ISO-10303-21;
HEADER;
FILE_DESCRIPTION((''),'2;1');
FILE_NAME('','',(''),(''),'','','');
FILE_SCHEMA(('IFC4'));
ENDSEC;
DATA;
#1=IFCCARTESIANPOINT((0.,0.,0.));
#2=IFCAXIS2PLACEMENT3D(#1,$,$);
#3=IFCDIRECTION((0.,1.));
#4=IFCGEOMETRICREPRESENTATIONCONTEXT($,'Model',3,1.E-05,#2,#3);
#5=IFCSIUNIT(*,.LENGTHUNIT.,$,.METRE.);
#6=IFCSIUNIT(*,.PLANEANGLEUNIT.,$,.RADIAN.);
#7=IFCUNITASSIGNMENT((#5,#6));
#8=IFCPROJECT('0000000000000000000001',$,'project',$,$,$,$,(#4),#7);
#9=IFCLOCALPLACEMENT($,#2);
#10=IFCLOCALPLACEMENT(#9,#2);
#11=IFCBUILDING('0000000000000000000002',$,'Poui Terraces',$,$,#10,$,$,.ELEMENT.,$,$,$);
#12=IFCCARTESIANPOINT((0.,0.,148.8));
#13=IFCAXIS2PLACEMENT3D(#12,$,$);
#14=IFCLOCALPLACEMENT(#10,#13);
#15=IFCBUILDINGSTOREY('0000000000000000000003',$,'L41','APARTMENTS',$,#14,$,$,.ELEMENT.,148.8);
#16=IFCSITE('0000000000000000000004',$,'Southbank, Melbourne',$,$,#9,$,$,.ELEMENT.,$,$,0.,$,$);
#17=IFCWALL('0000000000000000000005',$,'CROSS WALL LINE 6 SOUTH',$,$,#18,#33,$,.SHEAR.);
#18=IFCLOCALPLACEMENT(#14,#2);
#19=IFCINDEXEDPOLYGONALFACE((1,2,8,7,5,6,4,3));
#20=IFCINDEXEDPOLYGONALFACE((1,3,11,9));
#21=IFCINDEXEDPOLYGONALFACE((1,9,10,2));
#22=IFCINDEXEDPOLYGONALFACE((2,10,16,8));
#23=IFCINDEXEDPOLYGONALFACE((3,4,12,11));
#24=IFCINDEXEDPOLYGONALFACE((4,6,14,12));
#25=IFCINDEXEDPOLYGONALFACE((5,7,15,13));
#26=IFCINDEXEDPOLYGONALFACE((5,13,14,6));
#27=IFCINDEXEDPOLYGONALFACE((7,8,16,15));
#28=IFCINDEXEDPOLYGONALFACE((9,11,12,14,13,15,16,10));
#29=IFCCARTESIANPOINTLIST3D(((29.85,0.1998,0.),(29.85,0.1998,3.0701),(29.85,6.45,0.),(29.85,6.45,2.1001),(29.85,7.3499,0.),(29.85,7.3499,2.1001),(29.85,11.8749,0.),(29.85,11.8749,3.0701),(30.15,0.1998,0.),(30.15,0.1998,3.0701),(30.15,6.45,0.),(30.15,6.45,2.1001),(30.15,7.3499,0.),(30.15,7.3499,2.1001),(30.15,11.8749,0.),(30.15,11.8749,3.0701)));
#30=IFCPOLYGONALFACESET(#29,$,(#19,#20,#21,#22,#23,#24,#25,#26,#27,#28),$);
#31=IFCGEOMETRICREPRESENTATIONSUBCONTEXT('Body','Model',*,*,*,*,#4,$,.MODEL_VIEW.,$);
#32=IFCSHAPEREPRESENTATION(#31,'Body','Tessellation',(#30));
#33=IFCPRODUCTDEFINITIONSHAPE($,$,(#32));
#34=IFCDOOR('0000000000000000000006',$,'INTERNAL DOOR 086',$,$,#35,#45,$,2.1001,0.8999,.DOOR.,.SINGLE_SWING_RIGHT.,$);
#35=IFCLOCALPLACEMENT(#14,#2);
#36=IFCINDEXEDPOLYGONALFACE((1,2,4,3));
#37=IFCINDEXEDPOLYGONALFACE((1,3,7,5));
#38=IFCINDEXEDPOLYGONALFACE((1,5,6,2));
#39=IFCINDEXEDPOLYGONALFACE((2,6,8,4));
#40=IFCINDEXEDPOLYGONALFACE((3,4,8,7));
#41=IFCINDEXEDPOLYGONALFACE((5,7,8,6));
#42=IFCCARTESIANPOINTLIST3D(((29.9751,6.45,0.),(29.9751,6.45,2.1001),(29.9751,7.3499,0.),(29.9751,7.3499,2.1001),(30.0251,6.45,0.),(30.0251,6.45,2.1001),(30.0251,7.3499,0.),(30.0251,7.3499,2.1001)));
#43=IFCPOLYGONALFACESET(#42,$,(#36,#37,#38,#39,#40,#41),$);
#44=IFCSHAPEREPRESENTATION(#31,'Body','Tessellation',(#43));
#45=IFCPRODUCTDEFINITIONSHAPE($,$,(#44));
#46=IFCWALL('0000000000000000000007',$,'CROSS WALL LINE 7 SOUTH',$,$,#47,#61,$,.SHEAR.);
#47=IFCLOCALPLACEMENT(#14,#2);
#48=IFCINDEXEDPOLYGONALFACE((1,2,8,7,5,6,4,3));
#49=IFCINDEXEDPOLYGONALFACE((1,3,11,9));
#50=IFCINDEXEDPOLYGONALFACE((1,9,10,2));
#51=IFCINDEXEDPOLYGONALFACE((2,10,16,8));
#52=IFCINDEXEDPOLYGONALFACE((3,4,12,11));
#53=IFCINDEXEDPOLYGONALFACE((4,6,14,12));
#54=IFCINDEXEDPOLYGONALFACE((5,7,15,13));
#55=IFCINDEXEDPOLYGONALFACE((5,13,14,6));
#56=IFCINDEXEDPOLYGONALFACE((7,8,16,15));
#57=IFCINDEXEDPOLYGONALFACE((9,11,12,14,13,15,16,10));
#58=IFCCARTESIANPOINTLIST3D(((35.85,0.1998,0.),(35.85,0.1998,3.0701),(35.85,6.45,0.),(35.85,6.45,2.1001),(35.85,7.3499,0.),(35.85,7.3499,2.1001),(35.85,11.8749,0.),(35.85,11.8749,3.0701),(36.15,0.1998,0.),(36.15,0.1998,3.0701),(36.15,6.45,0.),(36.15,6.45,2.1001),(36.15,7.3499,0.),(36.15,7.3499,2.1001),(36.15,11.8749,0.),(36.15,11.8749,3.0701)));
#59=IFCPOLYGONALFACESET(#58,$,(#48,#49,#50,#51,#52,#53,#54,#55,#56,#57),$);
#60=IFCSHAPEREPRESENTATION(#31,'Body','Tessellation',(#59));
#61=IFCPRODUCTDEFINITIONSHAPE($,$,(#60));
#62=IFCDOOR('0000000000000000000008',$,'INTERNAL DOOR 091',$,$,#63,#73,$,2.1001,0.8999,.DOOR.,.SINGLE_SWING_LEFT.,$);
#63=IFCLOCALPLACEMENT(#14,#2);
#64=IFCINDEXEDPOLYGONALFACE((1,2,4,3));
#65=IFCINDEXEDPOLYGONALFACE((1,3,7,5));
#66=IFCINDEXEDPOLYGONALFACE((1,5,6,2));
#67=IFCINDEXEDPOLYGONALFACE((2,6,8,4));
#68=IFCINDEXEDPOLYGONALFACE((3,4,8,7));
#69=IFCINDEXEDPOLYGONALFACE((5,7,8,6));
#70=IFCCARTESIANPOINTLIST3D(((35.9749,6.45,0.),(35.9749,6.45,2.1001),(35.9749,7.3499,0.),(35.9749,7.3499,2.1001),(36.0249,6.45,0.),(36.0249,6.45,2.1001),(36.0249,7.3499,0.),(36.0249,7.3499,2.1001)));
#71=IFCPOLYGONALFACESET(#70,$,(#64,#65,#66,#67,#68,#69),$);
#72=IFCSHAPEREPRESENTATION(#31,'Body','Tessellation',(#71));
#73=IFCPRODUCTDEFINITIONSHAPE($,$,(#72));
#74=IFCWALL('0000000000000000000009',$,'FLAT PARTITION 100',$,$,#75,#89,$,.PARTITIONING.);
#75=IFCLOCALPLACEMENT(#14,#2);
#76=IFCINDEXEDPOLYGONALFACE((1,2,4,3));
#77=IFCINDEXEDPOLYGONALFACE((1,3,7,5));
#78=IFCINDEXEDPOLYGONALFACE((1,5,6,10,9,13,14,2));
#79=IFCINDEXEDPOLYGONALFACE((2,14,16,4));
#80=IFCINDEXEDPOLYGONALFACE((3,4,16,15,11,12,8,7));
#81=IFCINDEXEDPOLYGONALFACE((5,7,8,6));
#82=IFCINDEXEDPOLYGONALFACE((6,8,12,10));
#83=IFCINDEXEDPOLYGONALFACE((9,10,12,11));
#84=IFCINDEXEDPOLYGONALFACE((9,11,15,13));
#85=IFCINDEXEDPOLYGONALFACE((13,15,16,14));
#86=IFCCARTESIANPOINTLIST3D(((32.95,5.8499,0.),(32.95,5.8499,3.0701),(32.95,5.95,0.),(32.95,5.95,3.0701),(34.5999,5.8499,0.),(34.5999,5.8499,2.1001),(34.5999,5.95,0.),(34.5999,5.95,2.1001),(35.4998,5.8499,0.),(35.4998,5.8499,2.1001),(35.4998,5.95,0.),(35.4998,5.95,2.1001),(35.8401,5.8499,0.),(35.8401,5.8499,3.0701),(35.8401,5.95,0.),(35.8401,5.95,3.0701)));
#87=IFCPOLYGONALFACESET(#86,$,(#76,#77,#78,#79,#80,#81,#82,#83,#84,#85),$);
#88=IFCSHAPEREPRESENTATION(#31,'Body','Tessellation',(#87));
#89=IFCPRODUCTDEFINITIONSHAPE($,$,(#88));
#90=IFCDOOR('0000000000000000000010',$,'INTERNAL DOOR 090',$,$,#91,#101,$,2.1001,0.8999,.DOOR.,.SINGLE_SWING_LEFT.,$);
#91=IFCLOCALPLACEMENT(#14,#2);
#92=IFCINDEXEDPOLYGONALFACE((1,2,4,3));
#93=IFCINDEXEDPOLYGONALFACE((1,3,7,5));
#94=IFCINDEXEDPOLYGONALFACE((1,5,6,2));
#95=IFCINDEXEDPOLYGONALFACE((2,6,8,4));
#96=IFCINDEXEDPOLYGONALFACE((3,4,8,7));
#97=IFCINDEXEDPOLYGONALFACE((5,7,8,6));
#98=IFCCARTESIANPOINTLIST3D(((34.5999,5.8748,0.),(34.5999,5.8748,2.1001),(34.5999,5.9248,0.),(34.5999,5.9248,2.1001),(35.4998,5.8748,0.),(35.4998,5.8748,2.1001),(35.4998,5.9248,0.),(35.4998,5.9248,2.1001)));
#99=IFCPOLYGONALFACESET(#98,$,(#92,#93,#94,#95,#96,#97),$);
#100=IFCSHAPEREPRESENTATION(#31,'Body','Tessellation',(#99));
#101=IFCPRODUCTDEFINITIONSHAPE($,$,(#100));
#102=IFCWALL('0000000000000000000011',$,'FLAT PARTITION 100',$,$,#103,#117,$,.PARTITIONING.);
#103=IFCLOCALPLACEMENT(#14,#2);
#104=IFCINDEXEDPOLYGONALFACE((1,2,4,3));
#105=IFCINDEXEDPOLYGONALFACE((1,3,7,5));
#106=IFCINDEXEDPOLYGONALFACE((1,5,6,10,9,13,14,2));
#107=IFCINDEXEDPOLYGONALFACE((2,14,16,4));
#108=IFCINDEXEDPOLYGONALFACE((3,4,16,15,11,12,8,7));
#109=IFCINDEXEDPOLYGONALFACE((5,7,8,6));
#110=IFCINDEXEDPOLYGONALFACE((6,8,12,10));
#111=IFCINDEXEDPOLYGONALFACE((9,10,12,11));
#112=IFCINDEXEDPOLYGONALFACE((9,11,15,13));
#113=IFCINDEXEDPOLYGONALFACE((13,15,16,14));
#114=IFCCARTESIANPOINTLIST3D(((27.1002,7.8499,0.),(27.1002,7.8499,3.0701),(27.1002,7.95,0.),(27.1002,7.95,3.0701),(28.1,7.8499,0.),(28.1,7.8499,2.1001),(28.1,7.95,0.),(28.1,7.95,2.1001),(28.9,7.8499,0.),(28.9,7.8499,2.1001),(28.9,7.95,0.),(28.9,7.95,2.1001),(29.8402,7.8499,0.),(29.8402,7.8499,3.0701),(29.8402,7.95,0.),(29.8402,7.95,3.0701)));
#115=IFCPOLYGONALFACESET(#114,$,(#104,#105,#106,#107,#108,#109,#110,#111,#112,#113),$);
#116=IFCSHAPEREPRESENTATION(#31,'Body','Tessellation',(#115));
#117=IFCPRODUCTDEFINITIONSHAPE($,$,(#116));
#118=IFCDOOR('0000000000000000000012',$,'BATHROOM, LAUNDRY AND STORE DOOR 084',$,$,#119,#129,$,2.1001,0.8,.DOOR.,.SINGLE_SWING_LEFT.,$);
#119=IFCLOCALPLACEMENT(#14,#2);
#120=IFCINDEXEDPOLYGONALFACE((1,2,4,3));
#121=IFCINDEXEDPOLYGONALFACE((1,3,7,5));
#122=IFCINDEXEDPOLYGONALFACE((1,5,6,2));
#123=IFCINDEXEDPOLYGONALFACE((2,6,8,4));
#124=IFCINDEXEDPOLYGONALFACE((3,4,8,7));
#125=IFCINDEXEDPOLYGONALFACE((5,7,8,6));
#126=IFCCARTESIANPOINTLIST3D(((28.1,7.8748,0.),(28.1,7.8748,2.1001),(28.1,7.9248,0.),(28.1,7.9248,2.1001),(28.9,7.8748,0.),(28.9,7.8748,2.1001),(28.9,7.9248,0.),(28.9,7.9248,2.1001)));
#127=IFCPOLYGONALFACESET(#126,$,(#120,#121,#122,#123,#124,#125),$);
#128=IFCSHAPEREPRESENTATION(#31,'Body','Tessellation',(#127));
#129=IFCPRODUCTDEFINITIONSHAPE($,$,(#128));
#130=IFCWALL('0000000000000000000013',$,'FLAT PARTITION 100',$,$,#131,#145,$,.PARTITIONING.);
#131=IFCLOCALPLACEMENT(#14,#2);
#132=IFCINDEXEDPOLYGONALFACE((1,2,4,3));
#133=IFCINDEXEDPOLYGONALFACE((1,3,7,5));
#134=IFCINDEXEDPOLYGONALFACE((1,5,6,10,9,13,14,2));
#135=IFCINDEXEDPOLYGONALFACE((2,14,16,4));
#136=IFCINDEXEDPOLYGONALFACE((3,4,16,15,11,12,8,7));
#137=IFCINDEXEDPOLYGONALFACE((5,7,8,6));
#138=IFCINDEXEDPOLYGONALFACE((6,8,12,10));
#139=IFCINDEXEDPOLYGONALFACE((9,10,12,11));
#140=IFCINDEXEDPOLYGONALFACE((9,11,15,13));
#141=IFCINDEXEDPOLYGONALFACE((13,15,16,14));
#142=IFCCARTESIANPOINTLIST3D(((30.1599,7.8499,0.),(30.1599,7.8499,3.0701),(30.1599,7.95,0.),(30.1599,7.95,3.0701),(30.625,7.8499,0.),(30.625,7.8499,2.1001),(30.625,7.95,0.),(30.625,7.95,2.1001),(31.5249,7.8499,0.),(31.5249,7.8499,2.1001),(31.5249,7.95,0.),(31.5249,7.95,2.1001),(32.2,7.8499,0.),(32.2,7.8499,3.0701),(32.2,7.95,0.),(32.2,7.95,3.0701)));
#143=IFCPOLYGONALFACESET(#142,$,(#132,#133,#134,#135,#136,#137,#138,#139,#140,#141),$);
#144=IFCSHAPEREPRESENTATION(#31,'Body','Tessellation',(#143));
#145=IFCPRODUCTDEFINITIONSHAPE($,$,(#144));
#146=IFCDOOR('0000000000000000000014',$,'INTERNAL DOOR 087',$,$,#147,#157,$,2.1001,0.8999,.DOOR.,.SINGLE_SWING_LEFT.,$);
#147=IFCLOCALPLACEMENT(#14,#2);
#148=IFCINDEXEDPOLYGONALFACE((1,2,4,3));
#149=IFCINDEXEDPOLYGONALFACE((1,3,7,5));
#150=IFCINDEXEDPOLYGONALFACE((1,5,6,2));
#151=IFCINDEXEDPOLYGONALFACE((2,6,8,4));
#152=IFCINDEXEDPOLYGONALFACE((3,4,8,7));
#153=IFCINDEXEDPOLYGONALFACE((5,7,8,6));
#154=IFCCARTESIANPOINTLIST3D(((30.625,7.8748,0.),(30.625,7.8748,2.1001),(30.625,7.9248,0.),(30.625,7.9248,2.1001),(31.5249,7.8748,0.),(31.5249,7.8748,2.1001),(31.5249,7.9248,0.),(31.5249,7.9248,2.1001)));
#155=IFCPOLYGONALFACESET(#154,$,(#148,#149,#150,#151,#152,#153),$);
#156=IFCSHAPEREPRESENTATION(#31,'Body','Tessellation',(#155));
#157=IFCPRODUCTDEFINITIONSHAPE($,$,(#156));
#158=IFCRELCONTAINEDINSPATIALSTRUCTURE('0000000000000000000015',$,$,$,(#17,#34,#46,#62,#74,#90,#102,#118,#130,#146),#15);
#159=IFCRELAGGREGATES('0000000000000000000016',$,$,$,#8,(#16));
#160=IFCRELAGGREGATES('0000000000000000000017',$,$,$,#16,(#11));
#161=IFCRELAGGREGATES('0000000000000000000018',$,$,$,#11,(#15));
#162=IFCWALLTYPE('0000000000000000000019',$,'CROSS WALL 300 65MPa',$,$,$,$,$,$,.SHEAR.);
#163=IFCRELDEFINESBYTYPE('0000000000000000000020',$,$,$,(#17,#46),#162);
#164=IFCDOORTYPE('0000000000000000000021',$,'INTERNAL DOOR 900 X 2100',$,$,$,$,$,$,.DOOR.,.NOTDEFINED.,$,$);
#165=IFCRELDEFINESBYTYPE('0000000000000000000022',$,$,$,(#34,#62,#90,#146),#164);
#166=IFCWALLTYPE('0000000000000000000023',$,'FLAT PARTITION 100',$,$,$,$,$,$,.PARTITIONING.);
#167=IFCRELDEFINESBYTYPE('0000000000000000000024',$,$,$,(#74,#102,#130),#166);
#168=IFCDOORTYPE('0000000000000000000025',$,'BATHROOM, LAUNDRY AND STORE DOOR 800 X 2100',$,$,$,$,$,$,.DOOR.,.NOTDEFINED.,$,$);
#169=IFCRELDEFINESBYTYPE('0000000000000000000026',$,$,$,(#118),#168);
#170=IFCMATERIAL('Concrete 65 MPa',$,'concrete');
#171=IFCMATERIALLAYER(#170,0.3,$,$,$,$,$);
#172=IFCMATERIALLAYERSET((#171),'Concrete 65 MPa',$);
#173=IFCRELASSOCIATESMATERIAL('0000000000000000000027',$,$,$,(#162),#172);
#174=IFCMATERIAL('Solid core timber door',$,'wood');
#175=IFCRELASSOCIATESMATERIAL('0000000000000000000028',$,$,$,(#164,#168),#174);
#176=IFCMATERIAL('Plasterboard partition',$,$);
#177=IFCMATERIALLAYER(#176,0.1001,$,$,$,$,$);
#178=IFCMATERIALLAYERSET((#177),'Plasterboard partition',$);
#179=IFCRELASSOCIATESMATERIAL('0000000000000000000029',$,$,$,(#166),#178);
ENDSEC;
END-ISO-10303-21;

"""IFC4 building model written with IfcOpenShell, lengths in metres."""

from ifc_helpers import new_model, si_unit, direction, frame, frame_2d, origin, place, context, subcontext, project, spatial, rectangle, extrude, material, layer, layer_set, type_object, element, fill, save


model = new_model("IFC4")

# Units and contexts
model_context = context("Model", 3, precision=1e-05, world=origin(), true_north=direction((0.0, 1.0)))
body_context = subcontext(model_context, "Body", "Model", "MODEL_VIEW")
ifc_project = project(units=[si_unit("LENGTHUNIT", "METRE"), si_unit("PLANEANGLEUNIT", "RADIAN")], contexts=[model_context])

# Site, building, storey
site_placement = place(None, origin())
site = spatial("IfcSite", under=ifc_project, at=site_placement, Name="Southbank, Melbourne", CompositionType="ELEMENT", RefElevation=0.0)
building_placement = place(site_placement, origin())
building = spatial("IfcBuilding", under=site, at=building_placement, Name="Poui Terraces", CompositionType="ELEMENT")
storey_placement = place(building_placement, frame((0.0, 0.0, 148.8)))
storey = spatial("IfcBuildingStorey", under=building, at=storey_placement, Name="L41", Description="APARTMENTS", CompositionType="ELEMENT", Elevation=148.8)

# Walls, openings, doors
ifc_material_1 = material(Name="Concrete 65 MPa", Category="concrete")
ifc_layer_1 = layer(ifc_material_1, 0.3)
ifc_layer_set_1 = layer_set([ifc_layer_1], Name="Concrete 65 MPa")
wall_type_1 = type_object("IfcWallType", Name="CROSS WALL 300 65MPa", PredefinedType="SHEAR", material=ifc_layer_set_1)
wall_1_placement = place(storey_placement, frame((30.0, 0.2, 0.0), z_axis=(0.0, 0.0, 1.0), x_axis=(0.0, 1.0, 0.0)))
wall_1 = element("IfcWall", 1, at=wall_1_placement, inside=storey, type_object=wall_type_1, Name="CROSS WALL LINE 6 SOUTH", PredefinedType="SHEAR", context=body_context, shape_type="SweptSolid", body=[
    extrude(rectangle(XDim=11.675, YDim=0.3, at=frame_2d((5.8374, 0.0))), origin(), (0.0, 0.0, 1.0), 3.0701),
])
opening_1_placement = place(wall_1_placement, frame((6.25, 0.0, 0.0)))
opening_1 = element("IfcOpeningElement", 2, at=opening_1_placement, cuts=wall_1, PredefinedType="OPENING", context=body_context, shape_type="SweptSolid", body=[
    extrude(rectangle(XDim=0.8999, YDim=2.1001, at=frame_2d((0.45, 1.05))), frame((0.0, 0.1602, 0.0), z_axis=(0.0, -1.0, 0.0), x_axis=(1.0, 0.0, 0.0)), (0.0, 0.0, 1.0), 0.3201),
])
ifc_material_2 = material(Name="Solid core timber door", Category="wood")
door_type_1 = type_object("IfcDoorType", Name="INTERNAL DOOR 900 X 2100", OperationType="NOTDEFINED", PredefinedType="DOOR", material=ifc_material_2)
door_1_placement = place(opening_1_placement, origin())
door_1 = element("IfcDoor", 3, at=door_1_placement, inside=storey, type_object=door_type_1, Name="INTERNAL DOOR 086", OperationType="SINGLE_SWING_RIGHT", OverallHeight=2.1001, OverallWidth=0.8999, PredefinedType="DOOR", context=body_context, shape_type="SweptSolid", body=[
    extrude(rectangle(XDim=0.8999, YDim=2.1001, at=frame_2d((0.45, 1.05))), frame((0.0, 0.0249, 0.0), z_axis=(0.0, -1.0, 0.0), x_axis=(1.0, 0.0, 0.0)), (0.0, 0.0, 1.0), 0.05),
])
fill(opening_1, door_1)
wall_2_placement = place(storey_placement, frame((36.0, 0.2, 0.0), z_axis=(0.0, 0.0, 1.0), x_axis=(0.0, 1.0, 0.0)))
wall_2 = element("IfcWall", 4, at=wall_2_placement, inside=storey, type_object=wall_type_1, Name="CROSS WALL LINE 7 SOUTH", PredefinedType="SHEAR", context=body_context, shape_type="SweptSolid", body=[
    extrude(rectangle(XDim=11.675, YDim=0.3, at=frame_2d((5.8374, 0.0))), origin(), (0.0, 0.0, 1.0), 3.0701),
])
opening_2_placement = place(wall_2_placement, frame((6.25, 0.0, 0.0)))
opening_2 = element("IfcOpeningElement", 5, at=opening_2_placement, cuts=wall_2, PredefinedType="OPENING", context=body_context, shape_type="SweptSolid", body=[
    extrude(rectangle(XDim=0.8999, YDim=2.1001, at=frame_2d((0.45, 1.05))), frame((0.0, 0.1602, 0.0), z_axis=(0.0, -1.0, 0.0), x_axis=(1.0, 0.0, 0.0)), (0.0, 0.0, 1.0), 0.3201),
])
door_2_placement = place(opening_2_placement, frame((0.8999, 0.0, 0.0), z_axis=(0.0, 0.0, 1.0), x_axis=(-1.0, 0.0, 0.0)))
door_2 = element("IfcDoor", 6, at=door_2_placement, inside=storey, type_object=door_type_1, Name="INTERNAL DOOR 091", OperationType="SINGLE_SWING_LEFT", OverallHeight=2.1001, OverallWidth=0.8999, PredefinedType="DOOR", context=body_context, shape_type="SweptSolid", body=[
    extrude(rectangle(XDim=0.8999, YDim=2.1001, at=frame_2d((0.45, 1.05))), frame((0.0, 0.0249, 0.0), z_axis=(0.0, -1.0, 0.0), x_axis=(1.0, 0.0, 0.0)), (0.0, 0.0, 1.0), 0.05),
])
fill(opening_2, door_2)
ifc_material_3 = material(Name="Plasterboard partition")
ifc_layer_2 = layer(ifc_material_3, 0.1001)
ifc_layer_set_2 = layer_set([ifc_layer_2], Name="Plasterboard partition")
wall_type_2 = type_object("IfcWallType", Name="FLAT PARTITION 100", PredefinedType="PARTITIONING", material=ifc_layer_set_2)
wall_3_placement = place(storey_placement, frame((32.95, 5.8999, 0.0), z_axis=(0.0, 0.0, 1.0), x_axis=(1.0, 0.0, 0.0)))
wall_3 = element("IfcWall", 7, at=wall_3_placement, inside=storey, type_object=wall_type_2, Name="FLAT PARTITION 100", PredefinedType="PARTITIONING", context=body_context, shape_type="SweptSolid", body=[
    extrude(rectangle(XDim=2.8901, YDim=0.1001, at=frame_2d((1.4451, 0.0))), origin(), (0.0, 0.0, 1.0), 3.0701),
])
opening_3_placement = place(wall_3_placement, frame((1.6499, 0.0, 0.0)))
opening_3 = element("IfcOpeningElement", 8, at=opening_3_placement, cuts=wall_3, PredefinedType="OPENING", context=body_context, shape_type="SweptSolid", body=[
    extrude(rectangle(XDim=0.8999, YDim=2.1001, at=frame_2d((0.45, 1.05))), frame((0.0, 0.0601, 0.0), z_axis=(0.0, -1.0, 0.0), x_axis=(1.0, 0.0, 0.0)), (0.0, 0.0, 1.0), 0.1201),
])
door_3_placement = place(opening_3_placement, origin())
door_3 = element("IfcDoor", 9, at=door_3_placement, inside=storey, type_object=door_type_1, Name="INTERNAL DOOR 090", OperationType="SINGLE_SWING_LEFT", OverallHeight=2.1001, OverallWidth=0.8999, PredefinedType="DOOR", context=body_context, shape_type="SweptSolid", body=[
    extrude(rectangle(XDim=0.8999, YDim=2.1001, at=frame_2d((0.45, 1.05))), frame((0.0, 0.0249, 0.0), z_axis=(0.0, -1.0, 0.0), x_axis=(1.0, 0.0, 0.0)), (0.0, 0.0, 1.0), 0.05),
])
fill(opening_3, door_3)
wall_4_placement = place(storey_placement, frame((27.1001, 7.8999, 0.0), z_axis=(0.0, 0.0, 1.0), x_axis=(1.0, 0.0, 0.0)))
wall_4 = element("IfcWall", 10, at=wall_4_placement, inside=storey, type_object=wall_type_2, Name="FLAT PARTITION 100", PredefinedType="PARTITIONING", context=body_context, shape_type="SweptSolid", body=[
    extrude(rectangle(XDim=2.74, YDim=0.1001, at=frame_2d((1.3701, 0.0))), origin(), (0.0, 0.0, 1.0), 3.0701),
])
opening_4_placement = place(wall_4_placement, frame((1.0, 0.0, 0.0)))
opening_4 = element("IfcOpeningElement", 11, at=opening_4_placement, cuts=wall_4, PredefinedType="OPENING", context=body_context, shape_type="SweptSolid", body=[
    extrude(rectangle(XDim=0.8, YDim=2.1001, at=frame_2d((0.3999, 1.05))), frame((0.0, 0.0601, 0.0), z_axis=(0.0, -1.0, 0.0), x_axis=(1.0, 0.0, 0.0)), (0.0, 0.0, 1.0), 0.1201),
])
door_type_2 = type_object("IfcDoorType", Name="BATHROOM, LAUNDRY AND STORE DOOR 800 X 2100", OperationType="NOTDEFINED", PredefinedType="DOOR", material=ifc_material_2)
door_4_placement = place(opening_4_placement, origin())
door_4 = element("IfcDoor", 12, at=door_4_placement, inside=storey, type_object=door_type_2, Name="BATHROOM, LAUNDRY AND STORE DOOR 084", OperationType="SINGLE_SWING_LEFT", OverallHeight=2.1001, OverallWidth=0.8, PredefinedType="DOOR", context=body_context, shape_type="SweptSolid", body=[
    extrude(rectangle(XDim=0.8, YDim=2.1001, at=frame_2d((0.3999, 1.05))), frame((0.0, 0.0249, 0.0), z_axis=(0.0, -1.0, 0.0), x_axis=(1.0, 0.0, 0.0)), (0.0, 0.0, 1.0), 0.05),
])
fill(opening_4, door_4)
wall_5_placement = place(storey_placement, frame((30.1599, 7.8999, 0.0), z_axis=(0.0, 0.0, 1.0), x_axis=(1.0, 0.0, 0.0)))
wall_5 = element("IfcWall", 13, at=wall_5_placement, inside=storey, type_object=wall_type_2, Name="FLAT PARTITION 100", PredefinedType="PARTITIONING", context=body_context, shape_type="SweptSolid", body=[
    extrude(rectangle(XDim=2.04, YDim=0.1001, at=frame_2d((1.02, 0.0))), origin(), (0.0, 0.0, 1.0), 3.0701),
])
opening_5_placement = place(wall_5_placement, frame((0.4651, 0.0, 0.0)))
opening_5 = element("IfcOpeningElement", 14, at=opening_5_placement, cuts=wall_5, PredefinedType="OPENING", context=body_context, shape_type="SweptSolid", body=[
    extrude(rectangle(XDim=0.8999, YDim=2.1001, at=frame_2d((0.45, 1.05))), frame((0.0, 0.0601, 0.0), z_axis=(0.0, -1.0, 0.0), x_axis=(1.0, 0.0, 0.0)), (0.0, 0.0, 1.0), 0.1201),
])
door_5_placement = place(opening_5_placement, origin())
door_5 = element("IfcDoor", 15, at=door_5_placement, inside=storey, type_object=door_type_1, Name="INTERNAL DOOR 087", OperationType="SINGLE_SWING_LEFT", OverallHeight=2.1001, OverallWidth=0.8999, PredefinedType="DOOR", context=body_context, shape_type="SweptSolid", body=[
    extrude(rectangle(XDim=0.8999, YDim=2.1001, at=frame_2d((0.45, 1.05))), frame((0.0, 0.0249, 0.0), z_axis=(0.0, -1.0, 0.0), x_axis=(1.0, 0.0, 0.0)), (0.0, 0.0, 1.0), 0.05),
])
fill(opening_5, door_5)

save(model, "model.ifc")
